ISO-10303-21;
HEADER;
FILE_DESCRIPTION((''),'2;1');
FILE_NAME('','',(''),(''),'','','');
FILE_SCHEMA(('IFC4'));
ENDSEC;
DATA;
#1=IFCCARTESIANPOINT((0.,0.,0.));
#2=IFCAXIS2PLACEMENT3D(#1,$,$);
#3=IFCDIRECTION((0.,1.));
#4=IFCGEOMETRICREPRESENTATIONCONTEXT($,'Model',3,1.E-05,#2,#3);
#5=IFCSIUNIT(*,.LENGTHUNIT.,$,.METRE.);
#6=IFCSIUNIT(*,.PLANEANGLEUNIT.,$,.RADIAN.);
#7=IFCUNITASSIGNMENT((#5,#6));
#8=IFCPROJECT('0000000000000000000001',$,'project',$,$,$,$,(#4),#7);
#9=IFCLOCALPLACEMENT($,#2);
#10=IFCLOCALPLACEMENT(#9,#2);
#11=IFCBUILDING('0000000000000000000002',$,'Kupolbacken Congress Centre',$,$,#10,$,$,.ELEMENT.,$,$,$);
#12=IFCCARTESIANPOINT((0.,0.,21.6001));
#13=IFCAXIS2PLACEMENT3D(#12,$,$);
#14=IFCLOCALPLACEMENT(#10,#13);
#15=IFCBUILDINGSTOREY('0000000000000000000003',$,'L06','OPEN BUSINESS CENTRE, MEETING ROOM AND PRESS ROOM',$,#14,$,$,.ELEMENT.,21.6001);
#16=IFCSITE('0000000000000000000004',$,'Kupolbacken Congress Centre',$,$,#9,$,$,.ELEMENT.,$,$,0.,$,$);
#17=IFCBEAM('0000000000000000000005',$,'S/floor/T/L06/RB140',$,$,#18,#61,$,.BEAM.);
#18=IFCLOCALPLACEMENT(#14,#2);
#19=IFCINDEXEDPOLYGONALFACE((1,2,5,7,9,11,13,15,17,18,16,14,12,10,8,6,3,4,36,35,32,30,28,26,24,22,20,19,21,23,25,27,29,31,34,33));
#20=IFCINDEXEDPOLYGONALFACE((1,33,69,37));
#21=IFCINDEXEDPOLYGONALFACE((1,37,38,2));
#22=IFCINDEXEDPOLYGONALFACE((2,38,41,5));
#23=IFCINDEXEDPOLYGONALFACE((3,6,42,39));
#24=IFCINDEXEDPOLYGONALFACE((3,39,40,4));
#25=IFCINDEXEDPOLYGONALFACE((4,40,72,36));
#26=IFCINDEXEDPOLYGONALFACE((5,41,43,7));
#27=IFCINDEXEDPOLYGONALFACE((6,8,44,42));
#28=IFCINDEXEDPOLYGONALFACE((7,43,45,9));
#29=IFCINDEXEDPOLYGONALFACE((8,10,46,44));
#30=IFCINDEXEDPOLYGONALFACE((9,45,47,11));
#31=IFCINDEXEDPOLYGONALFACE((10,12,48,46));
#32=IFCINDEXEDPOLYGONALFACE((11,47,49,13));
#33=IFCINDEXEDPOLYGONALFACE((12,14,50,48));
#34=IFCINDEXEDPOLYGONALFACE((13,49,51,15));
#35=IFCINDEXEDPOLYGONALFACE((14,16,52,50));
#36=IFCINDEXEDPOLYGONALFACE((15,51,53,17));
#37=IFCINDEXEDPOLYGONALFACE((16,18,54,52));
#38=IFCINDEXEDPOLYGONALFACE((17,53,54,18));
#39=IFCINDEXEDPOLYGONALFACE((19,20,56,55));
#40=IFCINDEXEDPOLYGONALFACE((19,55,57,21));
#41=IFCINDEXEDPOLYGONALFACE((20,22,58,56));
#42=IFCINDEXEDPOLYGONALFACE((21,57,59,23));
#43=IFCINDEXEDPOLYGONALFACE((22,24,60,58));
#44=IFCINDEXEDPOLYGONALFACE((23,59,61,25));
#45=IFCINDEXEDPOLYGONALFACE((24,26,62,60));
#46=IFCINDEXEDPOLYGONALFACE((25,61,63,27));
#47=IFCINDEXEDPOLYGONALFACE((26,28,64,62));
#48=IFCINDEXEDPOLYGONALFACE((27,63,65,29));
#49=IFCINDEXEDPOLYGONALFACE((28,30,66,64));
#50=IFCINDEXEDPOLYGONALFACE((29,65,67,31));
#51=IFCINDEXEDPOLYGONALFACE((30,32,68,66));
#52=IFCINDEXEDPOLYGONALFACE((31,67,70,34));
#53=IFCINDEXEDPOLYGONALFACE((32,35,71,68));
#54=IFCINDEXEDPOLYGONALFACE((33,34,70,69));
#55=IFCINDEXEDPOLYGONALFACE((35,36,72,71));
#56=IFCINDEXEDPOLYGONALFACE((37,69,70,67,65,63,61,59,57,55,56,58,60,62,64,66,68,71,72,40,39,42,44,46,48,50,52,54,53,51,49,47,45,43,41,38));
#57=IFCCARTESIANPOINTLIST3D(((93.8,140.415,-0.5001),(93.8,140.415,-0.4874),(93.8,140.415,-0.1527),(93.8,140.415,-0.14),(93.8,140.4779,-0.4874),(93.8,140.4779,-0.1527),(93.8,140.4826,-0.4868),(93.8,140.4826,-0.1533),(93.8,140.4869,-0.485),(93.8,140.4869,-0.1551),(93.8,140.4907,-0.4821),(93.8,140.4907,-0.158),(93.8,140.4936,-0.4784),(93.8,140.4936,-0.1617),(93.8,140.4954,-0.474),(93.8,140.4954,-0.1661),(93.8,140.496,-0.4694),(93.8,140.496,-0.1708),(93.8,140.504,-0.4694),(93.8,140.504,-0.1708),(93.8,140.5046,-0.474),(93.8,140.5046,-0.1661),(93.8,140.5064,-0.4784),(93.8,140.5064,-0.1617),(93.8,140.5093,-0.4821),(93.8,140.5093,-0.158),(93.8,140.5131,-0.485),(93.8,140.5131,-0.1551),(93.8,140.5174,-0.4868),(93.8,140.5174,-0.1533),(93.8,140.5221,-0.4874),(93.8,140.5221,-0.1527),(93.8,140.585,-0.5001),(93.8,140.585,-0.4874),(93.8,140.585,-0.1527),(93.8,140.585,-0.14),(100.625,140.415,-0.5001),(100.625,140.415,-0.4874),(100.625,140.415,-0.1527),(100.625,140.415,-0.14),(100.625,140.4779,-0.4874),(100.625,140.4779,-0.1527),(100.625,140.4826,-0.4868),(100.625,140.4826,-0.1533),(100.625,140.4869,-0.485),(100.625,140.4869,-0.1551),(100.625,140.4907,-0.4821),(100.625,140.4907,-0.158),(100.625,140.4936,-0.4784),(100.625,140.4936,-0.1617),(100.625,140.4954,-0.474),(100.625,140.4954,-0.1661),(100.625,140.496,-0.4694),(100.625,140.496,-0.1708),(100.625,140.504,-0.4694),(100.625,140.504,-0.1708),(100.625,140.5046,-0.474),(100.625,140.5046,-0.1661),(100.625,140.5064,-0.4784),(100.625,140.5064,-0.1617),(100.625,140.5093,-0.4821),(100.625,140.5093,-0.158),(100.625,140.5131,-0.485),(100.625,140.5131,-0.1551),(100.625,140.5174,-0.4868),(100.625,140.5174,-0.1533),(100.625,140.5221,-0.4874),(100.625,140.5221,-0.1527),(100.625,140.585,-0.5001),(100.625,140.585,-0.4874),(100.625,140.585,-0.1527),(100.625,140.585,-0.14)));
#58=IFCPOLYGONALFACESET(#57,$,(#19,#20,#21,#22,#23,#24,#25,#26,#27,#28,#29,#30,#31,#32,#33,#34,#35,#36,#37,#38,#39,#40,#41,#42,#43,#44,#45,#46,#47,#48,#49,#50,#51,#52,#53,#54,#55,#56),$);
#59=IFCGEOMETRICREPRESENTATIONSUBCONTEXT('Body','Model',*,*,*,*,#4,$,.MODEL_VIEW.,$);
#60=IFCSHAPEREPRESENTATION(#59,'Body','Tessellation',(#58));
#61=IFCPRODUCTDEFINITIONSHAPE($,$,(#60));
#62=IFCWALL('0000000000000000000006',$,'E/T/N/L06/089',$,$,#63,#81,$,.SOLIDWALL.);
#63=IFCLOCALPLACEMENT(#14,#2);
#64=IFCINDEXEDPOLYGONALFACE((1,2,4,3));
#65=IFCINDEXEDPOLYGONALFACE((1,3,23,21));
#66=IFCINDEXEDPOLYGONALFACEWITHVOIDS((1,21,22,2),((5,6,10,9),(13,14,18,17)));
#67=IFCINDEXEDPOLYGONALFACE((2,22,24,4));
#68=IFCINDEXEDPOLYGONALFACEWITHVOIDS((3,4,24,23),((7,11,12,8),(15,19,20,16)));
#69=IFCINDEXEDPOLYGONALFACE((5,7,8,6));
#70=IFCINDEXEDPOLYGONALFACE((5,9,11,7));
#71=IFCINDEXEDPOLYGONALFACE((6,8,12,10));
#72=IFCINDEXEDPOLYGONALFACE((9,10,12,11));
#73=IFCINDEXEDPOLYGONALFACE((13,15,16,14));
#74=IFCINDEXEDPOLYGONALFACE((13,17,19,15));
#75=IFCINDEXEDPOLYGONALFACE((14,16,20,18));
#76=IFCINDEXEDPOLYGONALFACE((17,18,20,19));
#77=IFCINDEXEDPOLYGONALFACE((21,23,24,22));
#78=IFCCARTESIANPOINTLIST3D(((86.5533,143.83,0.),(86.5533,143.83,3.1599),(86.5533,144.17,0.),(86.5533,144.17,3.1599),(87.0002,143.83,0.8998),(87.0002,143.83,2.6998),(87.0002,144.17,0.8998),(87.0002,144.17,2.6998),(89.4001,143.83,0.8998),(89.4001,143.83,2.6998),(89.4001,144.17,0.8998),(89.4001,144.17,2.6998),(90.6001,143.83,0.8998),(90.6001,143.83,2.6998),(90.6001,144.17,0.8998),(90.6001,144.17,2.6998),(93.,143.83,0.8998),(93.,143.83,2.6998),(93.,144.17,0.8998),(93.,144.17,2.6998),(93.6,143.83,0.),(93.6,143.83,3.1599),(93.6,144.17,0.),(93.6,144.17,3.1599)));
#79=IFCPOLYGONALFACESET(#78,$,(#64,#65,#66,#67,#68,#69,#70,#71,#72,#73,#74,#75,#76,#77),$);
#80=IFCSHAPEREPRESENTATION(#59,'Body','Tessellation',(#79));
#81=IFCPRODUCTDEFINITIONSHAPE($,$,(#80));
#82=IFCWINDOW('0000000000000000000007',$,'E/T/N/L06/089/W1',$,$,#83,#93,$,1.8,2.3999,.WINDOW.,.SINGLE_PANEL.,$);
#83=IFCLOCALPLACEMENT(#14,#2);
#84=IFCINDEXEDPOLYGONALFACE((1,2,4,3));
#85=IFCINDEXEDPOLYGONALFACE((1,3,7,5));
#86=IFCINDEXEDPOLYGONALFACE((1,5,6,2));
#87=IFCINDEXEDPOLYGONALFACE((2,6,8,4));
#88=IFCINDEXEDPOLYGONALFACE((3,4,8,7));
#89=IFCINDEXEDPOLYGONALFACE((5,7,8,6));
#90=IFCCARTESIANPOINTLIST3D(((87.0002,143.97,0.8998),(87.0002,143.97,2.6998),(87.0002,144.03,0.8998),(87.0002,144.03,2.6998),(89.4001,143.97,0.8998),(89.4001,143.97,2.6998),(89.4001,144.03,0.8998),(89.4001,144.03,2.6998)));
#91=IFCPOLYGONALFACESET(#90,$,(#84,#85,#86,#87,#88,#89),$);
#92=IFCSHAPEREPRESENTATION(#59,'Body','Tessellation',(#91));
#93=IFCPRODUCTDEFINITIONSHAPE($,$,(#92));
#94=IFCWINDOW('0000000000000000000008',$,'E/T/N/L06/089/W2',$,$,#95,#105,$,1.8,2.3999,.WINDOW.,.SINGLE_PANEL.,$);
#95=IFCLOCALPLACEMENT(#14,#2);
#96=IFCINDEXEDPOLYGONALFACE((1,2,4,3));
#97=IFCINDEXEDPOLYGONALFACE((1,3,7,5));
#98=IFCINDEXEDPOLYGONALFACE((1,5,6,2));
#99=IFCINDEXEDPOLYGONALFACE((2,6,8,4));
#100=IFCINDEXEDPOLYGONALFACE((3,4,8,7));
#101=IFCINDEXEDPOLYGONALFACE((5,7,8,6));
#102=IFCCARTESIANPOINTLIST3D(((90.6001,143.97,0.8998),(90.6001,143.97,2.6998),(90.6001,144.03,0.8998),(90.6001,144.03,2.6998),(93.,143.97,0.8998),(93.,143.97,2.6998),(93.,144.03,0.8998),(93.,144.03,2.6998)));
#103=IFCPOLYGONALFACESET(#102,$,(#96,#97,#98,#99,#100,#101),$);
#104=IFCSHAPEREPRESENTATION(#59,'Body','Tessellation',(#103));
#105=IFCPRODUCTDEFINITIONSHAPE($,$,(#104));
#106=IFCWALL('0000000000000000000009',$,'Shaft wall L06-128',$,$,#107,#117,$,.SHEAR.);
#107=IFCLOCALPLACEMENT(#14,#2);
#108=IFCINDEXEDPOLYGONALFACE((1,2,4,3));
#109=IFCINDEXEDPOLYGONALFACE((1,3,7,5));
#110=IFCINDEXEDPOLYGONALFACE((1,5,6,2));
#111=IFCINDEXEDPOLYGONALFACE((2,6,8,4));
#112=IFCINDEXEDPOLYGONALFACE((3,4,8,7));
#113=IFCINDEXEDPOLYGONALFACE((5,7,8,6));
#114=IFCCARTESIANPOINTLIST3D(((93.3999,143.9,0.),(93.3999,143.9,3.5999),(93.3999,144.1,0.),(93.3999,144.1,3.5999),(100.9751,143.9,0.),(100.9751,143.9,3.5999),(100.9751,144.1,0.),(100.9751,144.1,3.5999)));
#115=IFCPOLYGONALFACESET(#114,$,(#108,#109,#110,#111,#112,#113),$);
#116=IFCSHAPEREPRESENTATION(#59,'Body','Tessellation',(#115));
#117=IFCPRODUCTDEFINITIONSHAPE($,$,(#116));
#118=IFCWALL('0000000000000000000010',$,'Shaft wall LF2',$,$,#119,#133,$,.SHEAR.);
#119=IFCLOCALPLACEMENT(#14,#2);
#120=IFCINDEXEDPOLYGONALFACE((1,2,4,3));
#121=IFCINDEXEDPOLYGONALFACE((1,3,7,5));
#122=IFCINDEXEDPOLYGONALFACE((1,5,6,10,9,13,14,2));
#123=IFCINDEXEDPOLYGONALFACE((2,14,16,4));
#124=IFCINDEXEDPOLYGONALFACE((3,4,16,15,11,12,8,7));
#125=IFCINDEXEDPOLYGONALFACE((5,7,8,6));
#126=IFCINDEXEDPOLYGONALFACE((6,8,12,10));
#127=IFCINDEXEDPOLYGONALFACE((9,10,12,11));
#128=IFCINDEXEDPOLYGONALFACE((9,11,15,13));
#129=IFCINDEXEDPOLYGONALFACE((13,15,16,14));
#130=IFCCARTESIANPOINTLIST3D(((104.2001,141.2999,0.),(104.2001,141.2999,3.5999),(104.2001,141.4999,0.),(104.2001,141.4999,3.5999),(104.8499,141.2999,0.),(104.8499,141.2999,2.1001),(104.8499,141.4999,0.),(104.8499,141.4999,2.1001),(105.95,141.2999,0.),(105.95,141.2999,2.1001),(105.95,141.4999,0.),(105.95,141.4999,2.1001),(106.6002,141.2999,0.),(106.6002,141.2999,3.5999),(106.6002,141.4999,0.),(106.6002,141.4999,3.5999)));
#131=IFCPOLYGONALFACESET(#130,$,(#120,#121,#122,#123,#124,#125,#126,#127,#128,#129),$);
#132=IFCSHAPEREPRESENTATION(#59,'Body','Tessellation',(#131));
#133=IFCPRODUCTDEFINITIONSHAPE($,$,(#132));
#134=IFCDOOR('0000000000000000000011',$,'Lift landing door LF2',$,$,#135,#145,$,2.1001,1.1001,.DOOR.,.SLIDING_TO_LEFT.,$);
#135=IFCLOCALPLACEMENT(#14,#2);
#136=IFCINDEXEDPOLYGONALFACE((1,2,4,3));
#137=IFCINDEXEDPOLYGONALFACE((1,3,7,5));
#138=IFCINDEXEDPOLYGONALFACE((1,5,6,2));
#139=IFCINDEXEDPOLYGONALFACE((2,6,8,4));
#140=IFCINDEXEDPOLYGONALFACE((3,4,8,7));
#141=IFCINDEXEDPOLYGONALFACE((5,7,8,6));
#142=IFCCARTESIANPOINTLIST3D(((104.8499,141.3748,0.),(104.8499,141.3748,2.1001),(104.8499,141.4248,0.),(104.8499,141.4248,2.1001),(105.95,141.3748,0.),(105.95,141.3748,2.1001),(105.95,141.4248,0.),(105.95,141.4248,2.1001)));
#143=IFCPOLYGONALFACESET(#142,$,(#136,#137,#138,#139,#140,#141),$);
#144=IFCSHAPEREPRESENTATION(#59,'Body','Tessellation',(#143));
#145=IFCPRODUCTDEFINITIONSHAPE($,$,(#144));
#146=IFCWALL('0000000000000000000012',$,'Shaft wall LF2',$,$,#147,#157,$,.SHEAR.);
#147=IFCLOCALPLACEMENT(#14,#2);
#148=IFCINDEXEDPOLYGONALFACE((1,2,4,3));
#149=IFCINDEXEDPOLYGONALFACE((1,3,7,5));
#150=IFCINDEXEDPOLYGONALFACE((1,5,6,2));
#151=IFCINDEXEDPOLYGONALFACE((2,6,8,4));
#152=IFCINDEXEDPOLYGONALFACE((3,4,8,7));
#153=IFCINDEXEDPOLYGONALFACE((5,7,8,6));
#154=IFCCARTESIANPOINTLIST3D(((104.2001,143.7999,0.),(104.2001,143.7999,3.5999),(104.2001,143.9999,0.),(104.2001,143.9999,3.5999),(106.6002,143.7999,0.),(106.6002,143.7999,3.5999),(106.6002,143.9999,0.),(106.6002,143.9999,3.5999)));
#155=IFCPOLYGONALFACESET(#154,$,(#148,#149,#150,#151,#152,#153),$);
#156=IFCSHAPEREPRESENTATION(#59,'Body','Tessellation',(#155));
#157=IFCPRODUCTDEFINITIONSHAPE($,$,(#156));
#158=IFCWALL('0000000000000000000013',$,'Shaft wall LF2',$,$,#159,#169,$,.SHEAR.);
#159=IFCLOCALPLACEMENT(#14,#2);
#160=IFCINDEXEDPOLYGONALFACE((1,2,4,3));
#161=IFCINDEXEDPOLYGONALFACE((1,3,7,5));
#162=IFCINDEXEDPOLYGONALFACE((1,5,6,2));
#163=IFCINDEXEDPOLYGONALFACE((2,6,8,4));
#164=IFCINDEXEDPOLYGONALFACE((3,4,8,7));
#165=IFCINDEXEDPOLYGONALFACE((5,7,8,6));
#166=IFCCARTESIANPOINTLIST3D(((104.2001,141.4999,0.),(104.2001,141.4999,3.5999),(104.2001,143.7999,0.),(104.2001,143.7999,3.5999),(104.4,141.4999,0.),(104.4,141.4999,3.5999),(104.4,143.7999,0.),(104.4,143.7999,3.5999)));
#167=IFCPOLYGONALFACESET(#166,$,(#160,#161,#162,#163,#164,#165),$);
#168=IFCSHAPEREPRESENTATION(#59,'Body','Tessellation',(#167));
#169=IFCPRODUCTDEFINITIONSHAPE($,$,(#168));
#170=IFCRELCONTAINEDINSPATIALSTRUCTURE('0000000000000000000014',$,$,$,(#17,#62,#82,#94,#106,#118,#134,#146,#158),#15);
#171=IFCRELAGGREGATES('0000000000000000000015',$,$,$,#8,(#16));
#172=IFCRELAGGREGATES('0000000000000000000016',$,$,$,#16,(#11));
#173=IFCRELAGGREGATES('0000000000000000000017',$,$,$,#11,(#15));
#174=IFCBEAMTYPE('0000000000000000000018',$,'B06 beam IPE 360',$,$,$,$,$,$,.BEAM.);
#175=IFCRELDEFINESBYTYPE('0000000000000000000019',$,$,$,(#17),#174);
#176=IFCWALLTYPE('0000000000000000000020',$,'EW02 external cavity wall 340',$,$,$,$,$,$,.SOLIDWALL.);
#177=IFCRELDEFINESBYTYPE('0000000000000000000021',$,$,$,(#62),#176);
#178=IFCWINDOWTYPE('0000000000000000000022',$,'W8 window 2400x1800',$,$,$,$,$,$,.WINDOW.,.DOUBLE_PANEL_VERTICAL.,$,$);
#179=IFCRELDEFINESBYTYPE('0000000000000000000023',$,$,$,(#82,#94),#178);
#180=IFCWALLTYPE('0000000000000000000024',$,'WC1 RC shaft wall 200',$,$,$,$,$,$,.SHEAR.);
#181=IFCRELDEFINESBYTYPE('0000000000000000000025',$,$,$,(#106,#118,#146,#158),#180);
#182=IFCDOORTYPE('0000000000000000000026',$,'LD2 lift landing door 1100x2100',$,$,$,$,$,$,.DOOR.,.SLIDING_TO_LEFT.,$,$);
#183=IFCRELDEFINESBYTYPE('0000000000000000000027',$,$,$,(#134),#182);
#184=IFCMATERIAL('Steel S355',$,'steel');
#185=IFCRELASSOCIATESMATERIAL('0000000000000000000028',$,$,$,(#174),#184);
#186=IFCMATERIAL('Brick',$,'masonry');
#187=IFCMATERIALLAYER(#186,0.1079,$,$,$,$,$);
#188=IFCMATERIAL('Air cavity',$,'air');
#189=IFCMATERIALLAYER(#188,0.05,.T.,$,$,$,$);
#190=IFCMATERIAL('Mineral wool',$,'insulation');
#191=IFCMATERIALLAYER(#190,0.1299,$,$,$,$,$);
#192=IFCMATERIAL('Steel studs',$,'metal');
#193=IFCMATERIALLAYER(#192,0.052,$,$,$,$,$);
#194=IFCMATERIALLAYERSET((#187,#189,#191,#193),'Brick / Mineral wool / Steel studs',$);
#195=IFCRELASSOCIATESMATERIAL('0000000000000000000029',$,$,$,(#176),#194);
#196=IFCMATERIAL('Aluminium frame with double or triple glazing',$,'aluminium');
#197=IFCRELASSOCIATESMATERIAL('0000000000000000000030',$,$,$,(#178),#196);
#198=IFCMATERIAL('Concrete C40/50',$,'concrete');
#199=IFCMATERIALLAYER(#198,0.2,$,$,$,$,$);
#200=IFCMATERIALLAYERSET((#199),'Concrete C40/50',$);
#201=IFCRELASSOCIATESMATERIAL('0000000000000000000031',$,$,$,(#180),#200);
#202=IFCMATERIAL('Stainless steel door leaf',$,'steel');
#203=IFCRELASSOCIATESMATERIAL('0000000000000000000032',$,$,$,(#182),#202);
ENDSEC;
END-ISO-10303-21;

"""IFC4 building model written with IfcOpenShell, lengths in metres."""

from ifc_helpers import new_model, si_unit, direction, frame, frame_2d, origin, origin_2d, place, context, subcontext, project, spatial, rectangle, i_section, extrude, material, layer, layer_set, material_profile, profile_set, type_object, element, fill, save


model = new_model("IFC4")

# Units and contexts
model_context = context("Model", 3, precision=1e-05, world=origin(), true_north=direction((0.0, 1.0)))
body_context = subcontext(model_context, "Body", "Model", "MODEL_VIEW")
ifc_project = project(units=[si_unit("LENGTHUNIT", "METRE"), si_unit("PLANEANGLEUNIT", "RADIAN")], contexts=[model_context])

# Site, building, storey
site_placement = place(None, origin())
site = spatial("IfcSite", under=ifc_project, at=site_placement, Name="Kupolbacken Congress Centre", CompositionType="ELEMENT", RefElevation=0.0)
building_placement = place(site_placement, origin())
building = spatial("IfcBuilding", under=site, at=building_placement, Name="Kupolbacken Congress Centre", CompositionType="ELEMENT")
storey_placement = place(building_placement, frame((0.0, 0.0, 21.6001)))
storey = spatial("IfcBuildingStorey", under=building, at=storey_placement, Name="L06", Description="OPEN BUSINESS CENTRE, MEETING ROOM AND PRESS ROOM", CompositionType="ELEMENT", Elevation=21.6001)

# Beam
ifc_material_1 = material(Name="Steel S355", Category="steel")
ifc_material_profile = material_profile(ifc_material_1, i_section(OverallWidth=0.1699, OverallDepth=0.3601, WebThickness=0.0081, FlangeThickness=0.0127, FilletRadius=0.0181, at=origin_2d()), Name="IPE 360")
ifc_profile_set = profile_set([ifc_material_profile], Name="Steel S355")
beam_type = type_object("IfcBeamType", Name="B06 beam IPE 360", PredefinedType="BEAM", material=ifc_profile_set)
beam_placement = place(storey_placement, frame((93.8, 140.5, -0.3201), z_axis=(1.0, 0.0, 0.0), x_axis=(0.0, 1.0, 0.0)))
element("IfcBeam", 1, at=beam_placement, inside=storey, type_object=beam_type, Name="S/floor/T/L06/RB140", PredefinedType="BEAM", context=body_context, shape_type="SweptSolid", body=[
    extrude(i_section(OverallWidth=0.1699, OverallDepth=0.3601, WebThickness=0.0081, FlangeThickness=0.0127, FilletRadius=0.0181, at=origin_2d()), origin(), (0.0, 0.0, 1.0), 6.825),
])

# Wall, openings, windows
ifc_material_2 = material(Name="Brick", Category="masonry")
ifc_layer_1 = layer(ifc_material_2, 0.1079)
ifc_material_3 = material(Name="Air cavity", Category="air")
ifc_layer_2 = layer(ifc_material_3, 0.05, ventilated=True)
ifc_material_4 = material(Name="Mineral wool", Category="insulation")
ifc_layer_3 = layer(ifc_material_4, 0.1299)
ifc_material_5 = material(Name="Steel studs", Category="metal")
ifc_layer_4 = layer(ifc_material_5, 0.052)
ifc_layer_set_1 = layer_set([ifc_layer_1, ifc_layer_2, ifc_layer_3, ifc_layer_4], Name="Brick / Mineral wool / Steel studs")
wall_type_1 = type_object("IfcWallType", Name="EW02 external cavity wall 340", PredefinedType="SOLIDWALL", material=ifc_layer_set_1)
wall_1_placement = place(storey_placement, frame((93.6001, 144.0, 0.0), z_axis=(0.0, 0.0, 1.0), x_axis=(-1.0, 0.0, 0.0)))
wall_1 = element("IfcWall", 2, at=wall_1_placement, inside=storey, type_object=wall_type_1, Name="E/T/N/L06/089", PredefinedType="SOLIDWALL", context=body_context, shape_type="SweptSolid", body=[
    extrude(rectangle(XDim=7.0466, YDim=0.3401, at=frame_2d((3.5234, 0.0))), origin(), (0.0, 0.0, 1.0), 3.1599),
])
opening_1_placement = place(wall_1_placement, frame((4.2, 0.0, 0.8999)))
opening_1 = element("IfcOpeningElement", 3, at=opening_1_placement, cuts=wall_1, PredefinedType="OPENING", context=body_context, shape_type="SweptSolid", body=[
    extrude(rectangle(XDim=2.3999, YDim=1.8, at=frame_2d((1.2, 0.8999))), frame((0.0, 0.1799, 0.0), z_axis=(0.0, -1.0, 0.0), x_axis=(1.0, 0.0, 0.0)), (0.0, 0.0, 1.0), 0.3601),
])
opening_2_placement = place(wall_1_placement, frame((0.6001, 0.0, 0.8999)))
opening_2 = element("IfcOpeningElement", 4, at=opening_2_placement, cuts=wall_1, PredefinedType="OPENING", context=body_context, shape_type="SweptSolid", body=[
    extrude(rectangle(XDim=2.3999, YDim=1.8, at=frame_2d((1.2, 0.8999))), frame((0.0, 0.1799, 0.0), z_axis=(0.0, -1.0, 0.0), x_axis=(1.0, 0.0, 0.0)), (0.0, 0.0, 1.0), 0.3601),
])
ifc_material_6 = material(Name="Aluminium frame with double or triple glazing", Category="aluminium")
window_type_1 = type_object("IfcWindowType", Name="W8 window 2400x1800", PartitioningType="DOUBLE_PANEL_VERTICAL", PredefinedType="WINDOW", material=ifc_material_6)
window_1_placement = place(opening_1_placement, origin())
window_1 = element("IfcWindow", 5, at=window_1_placement, inside=storey, type_object=window_type_1, Name="E/T/N/L06/089/W1", OverallHeight=1.8, OverallWidth=2.3999, PartitioningType="SINGLE_PANEL", PredefinedType="WINDOW", context=body_context, shape_type="SweptSolid", body=[
    extrude(rectangle(XDim=2.3999, YDim=1.8, at=frame_2d((1.2, 0.8999))), frame((0.0, 0.03, 0.0), z_axis=(0.0, -1.0, 0.0), x_axis=(1.0, 0.0, 0.0)), (0.0, 0.0, 1.0), 0.0601),
])
fill(opening_1, window_1)
window_2_placement = place(opening_2_placement, origin())
window_2 = element("IfcWindow", 6, at=window_2_placement, inside=storey, type_object=window_type_1, Name="E/T/N/L06/089/W2", OverallHeight=1.8, OverallWidth=2.3999, PartitioningType="SINGLE_PANEL", PredefinedType="WINDOW", context=body_context, shape_type="SweptSolid", body=[
    extrude(rectangle(XDim=2.3999, YDim=1.8, at=frame_2d((1.2, 0.8999))), frame((0.0, 0.03, 0.0), z_axis=(0.0, -1.0, 0.0), x_axis=(1.0, 0.0, 0.0)), (0.0, 0.0, 1.0), 0.0601),
])
fill(opening_2, window_2)

# Wall
ifc_material_7 = material(Name="Concrete C40/50", Category="concrete")
ifc_layer_5 = layer(ifc_material_7, 0.2)
ifc_layer_set_2 = layer_set([ifc_layer_5], Name="Concrete C40/50")
wall_type_2 = type_object("IfcWallType", Name="WC1 RC shaft wall 200", PredefinedType="SHEAR", material=ifc_layer_set_2)
wall_2_placement = place(storey_placement, frame((100.9751, 144.0, 0.0), z_axis=(0.0, 0.0, 1.0), x_axis=(-1.0, 0.0, 0.0)))
element("IfcWall", 7, at=wall_2_placement, inside=storey, type_object=wall_type_2, Name="Shaft wall L06-128", PredefinedType="SHEAR", context=body_context, shape_type="SweptSolid", body=[
    extrude(rectangle(XDim=7.5752, YDim=0.2, at=frame_2d((3.7876, 0.0))), origin(), (0.0, 0.0, 1.0), 3.5999),
])

# Wall, opening, door
wall_3_placement = place(storey_placement, frame((104.2, 141.3999, 0.0), z_axis=(0.0, 0.0, 1.0), x_axis=(1.0, 0.0, 0.0)))
wall_3 = element("IfcWall", 8, at=wall_3_placement, inside=storey, type_object=wall_type_2, Name="Shaft wall LF2", PredefinedType="SHEAR", context=body_context, shape_type="SweptSolid", body=[
    extrude(rectangle(XDim=2.4001, YDim=0.2, at=frame_2d((1.2002, 0.0))), origin(), (0.0, 0.0, 1.0), 3.5999),
])
opening_3_placement = place(wall_3_placement, frame((0.6499, 0.0, 0.0)))
opening_3 = element("IfcOpeningElement", 9, at=opening_3_placement, cuts=wall_3, PredefinedType="OPENING", context=body_context, shape_type="SweptSolid", body=[
    extrude(rectangle(XDim=1.1001, YDim=2.1001, at=frame_2d((0.55, 1.05))), frame((0.0, 0.1099, 0.0), z_axis=(0.0, -1.0, 0.0), x_axis=(1.0, 0.0, 0.0)), (0.0, 0.0, 1.0), 0.22),
])
ifc_material_8 = material(Name="Stainless steel door leaf", Category="steel")
door_type_1 = type_object("IfcDoorType", Name="LD2 lift landing door 1100x2100", OperationType="SLIDING_TO_LEFT", PredefinedType="DOOR", material=ifc_material_8)
door_1_placement = place(opening_3_placement, origin())
door_1 = element("IfcDoor", 10, at=door_1_placement, inside=storey, type_object=door_type_1, Name="Lift landing door LF2", OperationType="SLIDING_TO_LEFT", OverallHeight=2.1001, OverallWidth=1.1001, PredefinedType="DOOR", context=body_context, shape_type="SweptSolid", body=[
    extrude(rectangle(XDim=1.1001, YDim=2.1001, at=frame_2d((0.55, 1.05))), frame((0.0, 0.0249, 0.0), z_axis=(0.0, -1.0, 0.0), x_axis=(1.0, 0.0, 0.0)), (0.0, 0.0, 1.0), 0.05),
])
fill(opening_3, door_1)

# Walls
wall_4_placement = place(storey_placement, frame((104.2, 143.8999, 0.0), z_axis=(0.0, 0.0, 1.0), x_axis=(1.0, 0.0, 0.0)))
element("IfcWall", 11, at=wall_4_placement, inside=storey, type_object=wall_type_2, Name="Shaft wall LF2", PredefinedType="SHEAR", context=body_context, shape_type="SweptSolid", body=[
    extrude(rectangle(XDim=2.4001, YDim=0.2, at=frame_2d((1.2002, 0.0))), origin(), (0.0, 0.0, 1.0), 3.5999),
])
wall_5_placement = place(storey_placement, frame((104.3, 141.5, 0.0), z_axis=(0.0, 0.0, 1.0), x_axis=(0.0, 1.0, 0.0)))
element("IfcWall", 12, at=wall_5_placement, inside=storey, type_object=wall_type_2, Name="Shaft wall LF2", PredefinedType="SHEAR", context=body_context, shape_type="SweptSolid", body=[
    extrude(rectangle(XDim=2.3, YDim=0.2, at=frame_2d((1.1499, 0.0))), origin(), (0.0, 0.0, 1.0), 3.5999),
])

save(model, "model.ifc")
